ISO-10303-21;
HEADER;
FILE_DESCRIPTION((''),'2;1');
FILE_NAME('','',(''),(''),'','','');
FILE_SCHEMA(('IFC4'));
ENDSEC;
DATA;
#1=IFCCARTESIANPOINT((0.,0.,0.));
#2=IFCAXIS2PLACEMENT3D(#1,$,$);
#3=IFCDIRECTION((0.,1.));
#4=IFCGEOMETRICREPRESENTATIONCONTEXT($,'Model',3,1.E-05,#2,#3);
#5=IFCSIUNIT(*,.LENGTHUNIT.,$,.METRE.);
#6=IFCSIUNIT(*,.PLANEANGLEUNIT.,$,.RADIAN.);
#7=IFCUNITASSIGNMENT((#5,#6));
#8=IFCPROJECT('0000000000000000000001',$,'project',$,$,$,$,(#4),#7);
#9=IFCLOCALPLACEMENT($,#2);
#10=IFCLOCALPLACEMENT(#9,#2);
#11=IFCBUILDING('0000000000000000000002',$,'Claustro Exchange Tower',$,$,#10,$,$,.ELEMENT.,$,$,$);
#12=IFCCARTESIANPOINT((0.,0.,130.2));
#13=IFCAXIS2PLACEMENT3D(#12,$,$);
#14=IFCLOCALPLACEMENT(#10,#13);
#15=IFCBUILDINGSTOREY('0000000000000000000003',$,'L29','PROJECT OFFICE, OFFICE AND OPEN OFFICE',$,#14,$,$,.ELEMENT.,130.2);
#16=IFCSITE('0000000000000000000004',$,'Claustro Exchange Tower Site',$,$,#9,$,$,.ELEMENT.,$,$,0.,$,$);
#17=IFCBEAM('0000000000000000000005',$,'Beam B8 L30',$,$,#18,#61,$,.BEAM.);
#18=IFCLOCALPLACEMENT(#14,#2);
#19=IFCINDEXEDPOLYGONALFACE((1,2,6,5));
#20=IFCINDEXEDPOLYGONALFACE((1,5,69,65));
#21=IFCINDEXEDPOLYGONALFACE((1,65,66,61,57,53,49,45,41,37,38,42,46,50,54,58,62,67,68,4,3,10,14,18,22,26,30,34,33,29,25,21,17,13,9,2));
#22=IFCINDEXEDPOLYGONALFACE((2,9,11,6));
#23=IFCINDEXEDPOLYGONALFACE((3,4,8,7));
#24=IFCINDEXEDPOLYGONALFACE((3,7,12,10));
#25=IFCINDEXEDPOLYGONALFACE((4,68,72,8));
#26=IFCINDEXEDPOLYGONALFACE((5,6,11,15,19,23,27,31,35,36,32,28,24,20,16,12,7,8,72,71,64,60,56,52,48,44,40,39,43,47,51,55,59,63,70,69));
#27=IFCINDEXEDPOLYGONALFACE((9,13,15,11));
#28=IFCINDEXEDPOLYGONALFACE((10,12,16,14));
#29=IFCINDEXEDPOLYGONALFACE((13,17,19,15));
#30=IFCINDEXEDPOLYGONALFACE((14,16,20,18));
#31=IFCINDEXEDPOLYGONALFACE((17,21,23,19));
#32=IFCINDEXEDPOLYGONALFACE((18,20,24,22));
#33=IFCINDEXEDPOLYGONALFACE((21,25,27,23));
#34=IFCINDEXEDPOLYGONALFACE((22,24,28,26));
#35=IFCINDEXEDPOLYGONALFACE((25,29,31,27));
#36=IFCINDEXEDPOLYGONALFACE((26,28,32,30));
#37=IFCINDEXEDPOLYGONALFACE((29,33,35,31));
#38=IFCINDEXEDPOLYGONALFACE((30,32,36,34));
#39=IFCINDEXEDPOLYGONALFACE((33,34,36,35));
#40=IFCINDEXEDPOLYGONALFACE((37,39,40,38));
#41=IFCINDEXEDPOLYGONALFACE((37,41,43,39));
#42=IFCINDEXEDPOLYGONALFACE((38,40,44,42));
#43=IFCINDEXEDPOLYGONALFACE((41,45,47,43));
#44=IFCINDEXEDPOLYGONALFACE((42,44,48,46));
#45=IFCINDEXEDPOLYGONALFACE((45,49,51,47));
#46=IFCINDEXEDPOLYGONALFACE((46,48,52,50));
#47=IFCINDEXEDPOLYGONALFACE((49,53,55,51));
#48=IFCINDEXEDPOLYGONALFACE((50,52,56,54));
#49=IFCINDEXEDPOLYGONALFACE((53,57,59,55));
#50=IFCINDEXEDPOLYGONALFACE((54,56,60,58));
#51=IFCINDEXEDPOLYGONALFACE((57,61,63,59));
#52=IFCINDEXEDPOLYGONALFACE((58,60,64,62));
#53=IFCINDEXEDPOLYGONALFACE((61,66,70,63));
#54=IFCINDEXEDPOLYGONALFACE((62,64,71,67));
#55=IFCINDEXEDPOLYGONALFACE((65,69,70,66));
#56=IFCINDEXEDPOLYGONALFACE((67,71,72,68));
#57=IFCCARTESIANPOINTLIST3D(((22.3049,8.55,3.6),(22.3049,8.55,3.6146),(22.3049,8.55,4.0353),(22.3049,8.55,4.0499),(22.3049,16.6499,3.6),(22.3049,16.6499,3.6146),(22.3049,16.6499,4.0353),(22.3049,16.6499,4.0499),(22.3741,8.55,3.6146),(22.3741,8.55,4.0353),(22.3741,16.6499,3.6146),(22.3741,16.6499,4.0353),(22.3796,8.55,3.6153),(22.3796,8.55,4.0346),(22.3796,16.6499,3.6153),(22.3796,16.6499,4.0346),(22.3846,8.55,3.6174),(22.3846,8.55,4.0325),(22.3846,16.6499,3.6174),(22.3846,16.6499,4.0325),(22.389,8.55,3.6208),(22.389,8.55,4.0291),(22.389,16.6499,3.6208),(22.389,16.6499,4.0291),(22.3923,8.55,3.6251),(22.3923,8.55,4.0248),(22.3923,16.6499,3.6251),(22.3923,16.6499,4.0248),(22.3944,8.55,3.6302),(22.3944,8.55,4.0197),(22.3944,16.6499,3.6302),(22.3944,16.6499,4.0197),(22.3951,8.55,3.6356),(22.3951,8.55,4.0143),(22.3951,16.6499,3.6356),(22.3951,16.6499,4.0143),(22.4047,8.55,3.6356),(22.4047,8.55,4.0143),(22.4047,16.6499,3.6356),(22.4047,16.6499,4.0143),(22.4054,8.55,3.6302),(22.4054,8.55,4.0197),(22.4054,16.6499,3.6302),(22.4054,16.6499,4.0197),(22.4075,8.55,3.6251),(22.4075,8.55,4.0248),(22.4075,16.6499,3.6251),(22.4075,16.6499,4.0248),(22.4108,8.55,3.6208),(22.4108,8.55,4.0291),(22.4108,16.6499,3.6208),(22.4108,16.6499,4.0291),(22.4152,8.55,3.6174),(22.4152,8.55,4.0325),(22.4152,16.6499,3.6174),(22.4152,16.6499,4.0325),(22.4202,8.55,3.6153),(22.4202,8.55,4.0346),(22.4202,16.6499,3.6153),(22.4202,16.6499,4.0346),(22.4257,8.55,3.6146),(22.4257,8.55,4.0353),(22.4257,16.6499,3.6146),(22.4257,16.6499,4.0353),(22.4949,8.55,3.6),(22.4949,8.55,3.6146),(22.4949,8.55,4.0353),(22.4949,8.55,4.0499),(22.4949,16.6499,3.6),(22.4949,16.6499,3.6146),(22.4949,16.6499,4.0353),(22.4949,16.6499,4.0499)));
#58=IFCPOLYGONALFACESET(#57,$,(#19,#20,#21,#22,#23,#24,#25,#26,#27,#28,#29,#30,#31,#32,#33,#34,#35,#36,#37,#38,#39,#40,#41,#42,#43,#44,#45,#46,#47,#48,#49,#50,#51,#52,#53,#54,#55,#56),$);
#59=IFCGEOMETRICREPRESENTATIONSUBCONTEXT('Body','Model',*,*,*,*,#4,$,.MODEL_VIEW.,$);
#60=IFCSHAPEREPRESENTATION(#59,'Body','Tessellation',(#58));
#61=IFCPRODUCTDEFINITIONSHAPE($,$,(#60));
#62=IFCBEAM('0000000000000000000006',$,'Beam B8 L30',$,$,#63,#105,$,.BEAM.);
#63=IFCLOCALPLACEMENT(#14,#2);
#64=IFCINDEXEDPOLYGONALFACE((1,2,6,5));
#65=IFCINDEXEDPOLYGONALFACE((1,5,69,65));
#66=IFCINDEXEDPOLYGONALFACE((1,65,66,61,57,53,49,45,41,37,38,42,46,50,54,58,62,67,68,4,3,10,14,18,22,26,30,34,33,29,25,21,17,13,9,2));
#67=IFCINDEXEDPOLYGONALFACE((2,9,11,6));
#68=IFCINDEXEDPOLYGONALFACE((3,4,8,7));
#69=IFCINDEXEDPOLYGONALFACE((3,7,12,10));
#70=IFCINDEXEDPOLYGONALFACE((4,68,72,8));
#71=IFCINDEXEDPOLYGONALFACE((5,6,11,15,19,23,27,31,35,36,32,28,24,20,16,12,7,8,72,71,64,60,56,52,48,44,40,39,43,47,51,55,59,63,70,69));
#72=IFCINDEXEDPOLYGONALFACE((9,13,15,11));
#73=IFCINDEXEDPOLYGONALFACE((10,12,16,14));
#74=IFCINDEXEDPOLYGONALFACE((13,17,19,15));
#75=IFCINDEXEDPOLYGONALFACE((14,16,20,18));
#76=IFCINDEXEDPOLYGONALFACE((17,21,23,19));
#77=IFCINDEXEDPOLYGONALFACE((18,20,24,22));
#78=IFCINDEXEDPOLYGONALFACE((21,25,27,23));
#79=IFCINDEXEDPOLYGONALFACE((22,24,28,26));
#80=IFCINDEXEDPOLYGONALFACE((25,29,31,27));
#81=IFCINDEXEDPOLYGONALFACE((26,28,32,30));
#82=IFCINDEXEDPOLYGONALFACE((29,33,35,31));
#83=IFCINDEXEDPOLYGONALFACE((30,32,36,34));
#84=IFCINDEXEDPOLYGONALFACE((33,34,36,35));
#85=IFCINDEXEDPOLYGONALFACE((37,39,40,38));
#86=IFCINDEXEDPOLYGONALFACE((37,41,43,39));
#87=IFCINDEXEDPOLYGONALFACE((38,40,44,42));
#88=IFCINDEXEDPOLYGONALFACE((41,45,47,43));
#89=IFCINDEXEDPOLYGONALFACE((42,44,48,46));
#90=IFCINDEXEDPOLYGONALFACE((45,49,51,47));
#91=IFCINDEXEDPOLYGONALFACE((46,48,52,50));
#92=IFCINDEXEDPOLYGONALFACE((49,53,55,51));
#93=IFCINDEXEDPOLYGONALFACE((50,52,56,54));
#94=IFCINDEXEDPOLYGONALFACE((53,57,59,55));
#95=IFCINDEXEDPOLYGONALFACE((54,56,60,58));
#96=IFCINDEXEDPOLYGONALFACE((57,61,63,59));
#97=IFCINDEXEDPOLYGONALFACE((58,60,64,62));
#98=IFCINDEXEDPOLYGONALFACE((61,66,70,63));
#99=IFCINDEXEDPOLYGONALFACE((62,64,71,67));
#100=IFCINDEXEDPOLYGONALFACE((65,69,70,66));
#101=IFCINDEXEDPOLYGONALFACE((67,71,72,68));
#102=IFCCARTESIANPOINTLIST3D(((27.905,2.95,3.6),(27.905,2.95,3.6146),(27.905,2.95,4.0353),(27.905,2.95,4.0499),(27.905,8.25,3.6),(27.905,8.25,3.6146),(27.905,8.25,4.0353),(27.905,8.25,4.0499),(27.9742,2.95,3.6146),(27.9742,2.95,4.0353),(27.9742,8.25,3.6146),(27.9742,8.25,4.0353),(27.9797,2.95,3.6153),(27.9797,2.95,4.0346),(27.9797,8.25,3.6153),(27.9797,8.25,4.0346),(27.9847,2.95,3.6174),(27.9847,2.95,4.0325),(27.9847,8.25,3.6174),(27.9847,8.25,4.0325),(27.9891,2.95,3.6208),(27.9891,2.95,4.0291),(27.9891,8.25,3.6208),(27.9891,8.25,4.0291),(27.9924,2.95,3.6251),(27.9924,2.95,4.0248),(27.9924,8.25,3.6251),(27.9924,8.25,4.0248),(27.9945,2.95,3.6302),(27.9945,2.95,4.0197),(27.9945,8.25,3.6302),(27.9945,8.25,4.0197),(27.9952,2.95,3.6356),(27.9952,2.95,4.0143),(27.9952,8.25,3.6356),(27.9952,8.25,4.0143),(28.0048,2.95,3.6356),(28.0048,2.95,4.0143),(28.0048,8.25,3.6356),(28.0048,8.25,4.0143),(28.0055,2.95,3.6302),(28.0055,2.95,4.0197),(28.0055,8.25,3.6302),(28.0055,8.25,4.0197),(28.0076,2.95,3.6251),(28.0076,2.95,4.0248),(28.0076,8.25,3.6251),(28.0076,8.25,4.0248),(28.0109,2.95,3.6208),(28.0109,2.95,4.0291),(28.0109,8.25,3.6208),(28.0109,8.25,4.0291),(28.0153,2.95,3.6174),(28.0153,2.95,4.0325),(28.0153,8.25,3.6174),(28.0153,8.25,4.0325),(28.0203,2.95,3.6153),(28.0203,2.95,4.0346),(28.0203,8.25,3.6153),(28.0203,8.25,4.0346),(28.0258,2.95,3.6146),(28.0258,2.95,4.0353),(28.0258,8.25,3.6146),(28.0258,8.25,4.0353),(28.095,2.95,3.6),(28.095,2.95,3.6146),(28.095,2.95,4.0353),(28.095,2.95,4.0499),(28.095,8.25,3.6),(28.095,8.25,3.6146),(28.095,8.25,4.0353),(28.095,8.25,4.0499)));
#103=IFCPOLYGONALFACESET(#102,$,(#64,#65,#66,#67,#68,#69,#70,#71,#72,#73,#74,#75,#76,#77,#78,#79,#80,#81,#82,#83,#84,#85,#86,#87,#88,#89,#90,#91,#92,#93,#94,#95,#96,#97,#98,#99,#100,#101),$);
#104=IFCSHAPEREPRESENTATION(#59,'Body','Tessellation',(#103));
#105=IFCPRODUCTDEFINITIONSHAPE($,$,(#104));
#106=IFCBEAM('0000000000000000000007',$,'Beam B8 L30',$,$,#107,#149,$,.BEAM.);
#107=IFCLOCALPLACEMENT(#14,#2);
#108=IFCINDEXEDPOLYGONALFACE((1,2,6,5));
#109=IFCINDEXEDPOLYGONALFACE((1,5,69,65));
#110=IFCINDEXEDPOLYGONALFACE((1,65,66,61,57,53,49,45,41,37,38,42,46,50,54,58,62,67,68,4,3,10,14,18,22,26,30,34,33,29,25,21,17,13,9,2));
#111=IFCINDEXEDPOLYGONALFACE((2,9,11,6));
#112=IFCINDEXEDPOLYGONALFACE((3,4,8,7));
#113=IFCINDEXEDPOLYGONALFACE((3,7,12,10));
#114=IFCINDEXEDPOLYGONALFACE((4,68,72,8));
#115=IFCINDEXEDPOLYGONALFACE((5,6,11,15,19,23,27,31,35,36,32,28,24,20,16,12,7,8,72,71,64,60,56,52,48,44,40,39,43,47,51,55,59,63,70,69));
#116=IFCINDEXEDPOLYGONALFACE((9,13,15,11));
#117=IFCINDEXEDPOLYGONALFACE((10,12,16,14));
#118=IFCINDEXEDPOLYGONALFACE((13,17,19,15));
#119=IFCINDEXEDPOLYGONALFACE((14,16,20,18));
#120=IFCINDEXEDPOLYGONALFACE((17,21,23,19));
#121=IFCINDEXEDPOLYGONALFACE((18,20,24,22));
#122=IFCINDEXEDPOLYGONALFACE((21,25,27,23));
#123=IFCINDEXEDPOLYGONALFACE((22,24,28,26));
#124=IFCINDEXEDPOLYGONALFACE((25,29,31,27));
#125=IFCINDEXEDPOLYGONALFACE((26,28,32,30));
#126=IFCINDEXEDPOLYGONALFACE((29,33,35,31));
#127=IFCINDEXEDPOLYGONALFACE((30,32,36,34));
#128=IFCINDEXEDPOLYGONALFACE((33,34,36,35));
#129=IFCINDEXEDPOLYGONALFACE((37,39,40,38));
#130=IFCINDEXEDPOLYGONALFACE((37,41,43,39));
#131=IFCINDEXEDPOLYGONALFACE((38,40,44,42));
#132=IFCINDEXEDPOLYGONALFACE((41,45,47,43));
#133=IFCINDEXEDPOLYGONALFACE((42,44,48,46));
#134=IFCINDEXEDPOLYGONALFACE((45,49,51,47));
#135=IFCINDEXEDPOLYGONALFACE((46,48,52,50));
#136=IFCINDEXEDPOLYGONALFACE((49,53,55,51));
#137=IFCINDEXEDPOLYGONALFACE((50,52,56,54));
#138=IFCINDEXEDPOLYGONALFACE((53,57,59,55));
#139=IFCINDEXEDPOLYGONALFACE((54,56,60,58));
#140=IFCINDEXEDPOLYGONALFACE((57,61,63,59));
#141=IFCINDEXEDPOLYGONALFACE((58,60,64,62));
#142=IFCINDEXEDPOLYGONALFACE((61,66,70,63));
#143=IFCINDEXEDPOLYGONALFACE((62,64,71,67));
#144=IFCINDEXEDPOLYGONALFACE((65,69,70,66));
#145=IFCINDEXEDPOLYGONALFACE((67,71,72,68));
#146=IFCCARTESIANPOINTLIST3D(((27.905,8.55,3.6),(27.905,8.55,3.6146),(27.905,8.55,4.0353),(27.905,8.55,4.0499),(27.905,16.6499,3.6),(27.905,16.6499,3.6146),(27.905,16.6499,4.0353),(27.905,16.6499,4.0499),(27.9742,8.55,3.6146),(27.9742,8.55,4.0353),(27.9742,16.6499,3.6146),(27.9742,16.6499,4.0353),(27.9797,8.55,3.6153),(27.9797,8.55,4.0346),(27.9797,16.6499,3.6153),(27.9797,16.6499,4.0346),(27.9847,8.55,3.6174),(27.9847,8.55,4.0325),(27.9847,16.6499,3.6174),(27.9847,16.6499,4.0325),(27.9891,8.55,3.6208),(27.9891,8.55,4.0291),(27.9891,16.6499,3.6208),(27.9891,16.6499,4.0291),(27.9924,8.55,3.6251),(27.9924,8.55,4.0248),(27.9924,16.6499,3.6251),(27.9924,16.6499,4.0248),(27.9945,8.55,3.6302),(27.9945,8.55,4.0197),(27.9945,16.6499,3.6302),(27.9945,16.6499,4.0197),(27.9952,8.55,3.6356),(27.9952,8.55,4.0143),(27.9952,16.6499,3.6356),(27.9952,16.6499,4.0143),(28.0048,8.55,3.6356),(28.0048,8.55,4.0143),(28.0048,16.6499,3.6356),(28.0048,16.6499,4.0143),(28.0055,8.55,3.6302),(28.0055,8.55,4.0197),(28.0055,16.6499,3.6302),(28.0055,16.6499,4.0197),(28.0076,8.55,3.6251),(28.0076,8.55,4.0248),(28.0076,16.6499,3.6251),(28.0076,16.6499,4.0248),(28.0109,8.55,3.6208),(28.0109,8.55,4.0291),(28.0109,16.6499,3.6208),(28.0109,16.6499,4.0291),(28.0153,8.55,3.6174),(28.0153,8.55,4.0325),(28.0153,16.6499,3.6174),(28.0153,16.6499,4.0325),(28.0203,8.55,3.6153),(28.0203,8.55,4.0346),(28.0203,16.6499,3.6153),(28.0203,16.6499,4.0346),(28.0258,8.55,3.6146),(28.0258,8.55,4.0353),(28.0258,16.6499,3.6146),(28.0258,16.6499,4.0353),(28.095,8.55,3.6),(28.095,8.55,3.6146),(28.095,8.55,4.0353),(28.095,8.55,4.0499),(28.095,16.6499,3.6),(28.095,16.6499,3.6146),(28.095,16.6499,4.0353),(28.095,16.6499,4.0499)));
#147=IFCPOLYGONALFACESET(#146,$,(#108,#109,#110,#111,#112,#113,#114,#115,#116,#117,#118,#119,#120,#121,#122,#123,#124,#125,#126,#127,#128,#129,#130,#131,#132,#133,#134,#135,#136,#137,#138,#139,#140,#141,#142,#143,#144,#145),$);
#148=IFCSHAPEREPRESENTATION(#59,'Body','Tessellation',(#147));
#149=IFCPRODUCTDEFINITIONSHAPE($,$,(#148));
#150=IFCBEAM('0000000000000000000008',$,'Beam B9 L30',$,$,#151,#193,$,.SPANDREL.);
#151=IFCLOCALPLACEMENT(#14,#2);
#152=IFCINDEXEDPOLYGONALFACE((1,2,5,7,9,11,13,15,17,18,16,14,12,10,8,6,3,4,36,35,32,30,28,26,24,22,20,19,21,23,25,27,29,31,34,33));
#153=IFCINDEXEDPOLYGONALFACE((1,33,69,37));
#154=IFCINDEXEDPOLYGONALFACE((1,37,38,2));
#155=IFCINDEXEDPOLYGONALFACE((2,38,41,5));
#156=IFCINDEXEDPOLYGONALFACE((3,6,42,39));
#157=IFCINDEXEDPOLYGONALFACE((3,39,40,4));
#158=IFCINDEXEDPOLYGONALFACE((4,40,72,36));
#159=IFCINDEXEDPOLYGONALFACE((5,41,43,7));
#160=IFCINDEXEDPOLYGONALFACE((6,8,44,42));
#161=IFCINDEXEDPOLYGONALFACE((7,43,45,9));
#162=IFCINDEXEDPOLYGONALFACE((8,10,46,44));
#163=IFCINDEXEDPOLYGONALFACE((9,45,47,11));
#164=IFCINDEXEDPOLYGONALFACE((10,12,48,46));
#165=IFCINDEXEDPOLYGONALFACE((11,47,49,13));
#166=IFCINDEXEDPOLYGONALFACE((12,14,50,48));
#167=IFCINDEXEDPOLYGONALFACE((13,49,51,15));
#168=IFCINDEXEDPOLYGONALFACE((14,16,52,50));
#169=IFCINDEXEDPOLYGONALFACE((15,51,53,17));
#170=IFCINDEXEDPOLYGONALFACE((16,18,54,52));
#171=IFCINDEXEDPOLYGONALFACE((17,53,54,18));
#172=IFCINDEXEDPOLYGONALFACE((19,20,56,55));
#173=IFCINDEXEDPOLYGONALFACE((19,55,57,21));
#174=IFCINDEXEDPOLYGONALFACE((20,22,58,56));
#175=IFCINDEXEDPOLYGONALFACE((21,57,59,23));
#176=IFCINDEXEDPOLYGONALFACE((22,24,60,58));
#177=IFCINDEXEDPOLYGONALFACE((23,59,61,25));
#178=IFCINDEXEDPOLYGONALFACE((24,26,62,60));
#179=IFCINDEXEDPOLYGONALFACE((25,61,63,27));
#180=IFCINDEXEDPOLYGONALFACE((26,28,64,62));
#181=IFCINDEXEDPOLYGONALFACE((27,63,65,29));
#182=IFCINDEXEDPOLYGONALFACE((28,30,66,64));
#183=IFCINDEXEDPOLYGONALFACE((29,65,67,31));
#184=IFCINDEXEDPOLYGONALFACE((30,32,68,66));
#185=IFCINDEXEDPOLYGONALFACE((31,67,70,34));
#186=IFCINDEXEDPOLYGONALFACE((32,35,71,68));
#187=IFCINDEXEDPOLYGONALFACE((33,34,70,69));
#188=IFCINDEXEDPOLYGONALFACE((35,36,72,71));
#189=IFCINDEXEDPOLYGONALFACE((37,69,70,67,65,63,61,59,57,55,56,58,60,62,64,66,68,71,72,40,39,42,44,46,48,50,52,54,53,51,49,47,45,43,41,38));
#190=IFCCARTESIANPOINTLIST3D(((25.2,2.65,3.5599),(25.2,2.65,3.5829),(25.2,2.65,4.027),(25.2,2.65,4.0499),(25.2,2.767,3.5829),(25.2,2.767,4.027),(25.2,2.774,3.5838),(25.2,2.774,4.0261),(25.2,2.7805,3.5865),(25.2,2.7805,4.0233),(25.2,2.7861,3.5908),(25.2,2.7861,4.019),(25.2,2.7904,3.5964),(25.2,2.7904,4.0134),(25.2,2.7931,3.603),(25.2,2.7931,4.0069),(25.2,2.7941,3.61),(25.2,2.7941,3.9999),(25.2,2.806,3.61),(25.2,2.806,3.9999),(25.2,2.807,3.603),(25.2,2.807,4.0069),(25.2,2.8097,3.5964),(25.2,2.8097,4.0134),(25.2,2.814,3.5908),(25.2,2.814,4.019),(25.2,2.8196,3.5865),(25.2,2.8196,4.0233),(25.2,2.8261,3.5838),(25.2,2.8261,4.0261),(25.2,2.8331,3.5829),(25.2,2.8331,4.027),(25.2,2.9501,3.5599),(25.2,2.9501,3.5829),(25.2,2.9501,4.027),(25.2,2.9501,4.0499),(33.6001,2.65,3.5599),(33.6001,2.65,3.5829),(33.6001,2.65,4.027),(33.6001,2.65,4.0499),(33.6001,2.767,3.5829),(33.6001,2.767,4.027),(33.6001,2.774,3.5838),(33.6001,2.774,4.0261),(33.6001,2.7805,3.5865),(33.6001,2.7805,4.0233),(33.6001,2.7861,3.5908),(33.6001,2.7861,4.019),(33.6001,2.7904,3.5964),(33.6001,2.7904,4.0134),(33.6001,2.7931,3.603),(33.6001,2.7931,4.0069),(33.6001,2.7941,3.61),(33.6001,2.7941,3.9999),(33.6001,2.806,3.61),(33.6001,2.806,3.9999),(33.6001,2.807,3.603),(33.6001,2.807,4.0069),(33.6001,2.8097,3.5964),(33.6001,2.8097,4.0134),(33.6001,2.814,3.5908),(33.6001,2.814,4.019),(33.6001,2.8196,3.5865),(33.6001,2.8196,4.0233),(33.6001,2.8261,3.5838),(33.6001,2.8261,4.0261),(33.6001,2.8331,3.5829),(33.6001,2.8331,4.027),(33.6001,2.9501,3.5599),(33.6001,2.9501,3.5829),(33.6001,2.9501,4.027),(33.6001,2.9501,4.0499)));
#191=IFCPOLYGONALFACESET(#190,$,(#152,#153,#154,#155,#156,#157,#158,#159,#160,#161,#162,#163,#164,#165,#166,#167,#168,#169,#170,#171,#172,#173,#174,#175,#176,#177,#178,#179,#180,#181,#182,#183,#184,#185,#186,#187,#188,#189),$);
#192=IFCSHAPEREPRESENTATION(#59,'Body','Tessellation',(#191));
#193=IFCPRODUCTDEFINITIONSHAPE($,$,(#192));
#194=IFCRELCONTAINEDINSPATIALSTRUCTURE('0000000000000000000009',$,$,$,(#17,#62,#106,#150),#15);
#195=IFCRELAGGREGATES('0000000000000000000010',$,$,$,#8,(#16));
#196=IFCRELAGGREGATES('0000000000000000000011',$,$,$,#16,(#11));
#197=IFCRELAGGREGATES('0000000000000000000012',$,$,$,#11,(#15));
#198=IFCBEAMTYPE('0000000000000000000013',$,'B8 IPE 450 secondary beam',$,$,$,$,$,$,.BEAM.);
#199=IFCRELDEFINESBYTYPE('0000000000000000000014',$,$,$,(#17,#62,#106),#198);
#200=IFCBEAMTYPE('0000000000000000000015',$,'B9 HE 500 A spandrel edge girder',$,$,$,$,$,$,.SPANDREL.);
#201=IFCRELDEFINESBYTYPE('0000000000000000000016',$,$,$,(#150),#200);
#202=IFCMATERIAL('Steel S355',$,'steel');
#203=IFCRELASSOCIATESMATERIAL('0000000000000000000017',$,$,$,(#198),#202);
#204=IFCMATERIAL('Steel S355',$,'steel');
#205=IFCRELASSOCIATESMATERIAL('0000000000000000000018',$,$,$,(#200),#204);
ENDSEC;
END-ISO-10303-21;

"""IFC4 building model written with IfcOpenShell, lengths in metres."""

from ifc_helpers import new_model, si_unit, direction, frame, origin, origin_2d, place, context, subcontext, project, spatial, i_section, extrude, material, material_profile, profile_set, type_object, element, save


model = new_model("IFC4")

# Units and contexts
model_context = context("Model", 3, precision=1e-05, world=origin(), true_north=direction((0.0, 1.0)))
body_context = subcontext(model_context, "Body", "Model", "MODEL_VIEW")
ifc_project = project(units=[si_unit("LENGTHUNIT", "METRE"), si_unit("PLANEANGLEUNIT", "RADIAN")], contexts=[model_context])

# Site, building, storey
site_placement = place(None, origin())
site = spatial("IfcSite", under=ifc_project, at=site_placement, Name="Claustro Exchange Tower Site", CompositionType="ELEMENT", RefElevation=0.0)
building_placement = place(site_placement, origin())
building = spatial("IfcBuilding", under=site, at=building_placement, Name="Claustro Exchange Tower", CompositionType="ELEMENT")
storey_placement = place(building_placement, frame((0.0, 0.0, 130.2)))
storey = spatial("IfcBuildingStorey", under=building, at=storey_placement, Name="L29", Description="PROJECT OFFICE, OFFICE AND OPEN OFFICE", CompositionType="ELEMENT", Elevation=130.2)

# Beams
ifc_material_1 = material(Name="Steel S355", Category="steel")
ifc_material_profile_1 = material_profile(ifc_material_1, i_section(OverallWidth=0.1899, OverallDepth=0.45, WebThickness=0.0095, FlangeThickness=0.0146, FilletRadius=0.021, at=origin_2d()), Name="IPE 450")
ifc_profile_set_1 = profile_set([ifc_material_profile_1], Name="Steel S355")
beam_type_1 = type_object("IfcBeamType", Name="B8 IPE 450 secondary beam", PredefinedType="BEAM", material=ifc_profile_set_1)
for number, where, z_axis, x_axis, name in (
    (1, (22.3999, 8.55, 3.825), (0.0, 1.0, 0.0), (-1.0, 0.0, 0.0), "Beam B8 L30"),
):
    element("IfcBeam", number, at=place(storey_placement, frame(where, z_axis=z_axis, x_axis=x_axis)), inside=storey, type_object=beam_type_1, Name=name, PredefinedType="BEAM", context=body_context, shape_type="SweptSolid", body=[
        extrude(i_section(OverallWidth=0.1899, OverallDepth=0.45, WebThickness=0.0095, FlangeThickness=0.0146, FilletRadius=0.021, at=origin_2d()), origin(), (0.0, 0.0, 1.0), 8.0999),
    ])
beam_1_placement = place(storey_placement, frame((28.0, 2.95, 3.825), z_axis=(0.0, 1.0, 0.0), x_axis=(-1.0, 0.0, 0.0)))
element("IfcBeam", 2, at=beam_1_placement, inside=storey, type_object=beam_type_1, Name="Beam B8 L30", PredefinedType="BEAM", context=body_context, shape_type="SweptSolid", body=[
    extrude(i_section(OverallWidth=0.1899, OverallDepth=0.45, WebThickness=0.0095, FlangeThickness=0.0146, FilletRadius=0.021, at=origin_2d()), origin(), (0.0, 0.0, 1.0), 5.3),
])
beam_2_placement = place(storey_placement, frame((28.0, 8.55, 3.825), z_axis=(0.0, 1.0, 0.0), x_axis=(-1.0, 0.0, 0.0)))
element("IfcBeam", 3, at=beam_2_placement, inside=storey, type_object=beam_type_1, Name="Beam B8 L30", PredefinedType="BEAM", context=body_context, shape_type="SweptSolid", body=[
    extrude(i_section(OverallWidth=0.1899, OverallDepth=0.45, WebThickness=0.0095, FlangeThickness=0.0146, FilletRadius=0.021, at=origin_2d()), origin(), (0.0, 0.0, 1.0), 8.0999),
])
ifc_material_2 = material(Name="Steel S355", Category="steel")
ifc_material_profile_2 = material_profile(ifc_material_2, i_section(OverallWidth=0.3, OverallDepth=0.49, WebThickness=0.012, FlangeThickness=0.0229, FilletRadius=0.0271, at=origin_2d()), Name="HE 500 A")
ifc_profile_set_2 = profile_set([ifc_material_profile_2], Name="Steel S355")
beam_type_2 = type_object("IfcBeamType", Name="B9 HE 500 A spandrel edge girder", PredefinedType="SPANDREL", material=ifc_profile_set_2)
beam_3_placement = place(storey_placement, frame((25.2, 2.8, 3.8049), z_axis=(1.0, 0.0, 0.0), x_axis=(0.0, 1.0, 0.0)))
element("IfcBeam", 4, at=beam_3_placement, inside=storey, type_object=beam_type_2, Name="Beam B9 L30", PredefinedType="SPANDREL", context=body_context, shape_type="SweptSolid", body=[
    extrude(i_section(OverallWidth=0.3, OverallDepth=0.49, WebThickness=0.012, FlangeThickness=0.0229, FilletRadius=0.0271, at=origin_2d()), origin(), (0.0, 0.0, 1.0), 8.4001),
])

save(model, "model.ifc")
